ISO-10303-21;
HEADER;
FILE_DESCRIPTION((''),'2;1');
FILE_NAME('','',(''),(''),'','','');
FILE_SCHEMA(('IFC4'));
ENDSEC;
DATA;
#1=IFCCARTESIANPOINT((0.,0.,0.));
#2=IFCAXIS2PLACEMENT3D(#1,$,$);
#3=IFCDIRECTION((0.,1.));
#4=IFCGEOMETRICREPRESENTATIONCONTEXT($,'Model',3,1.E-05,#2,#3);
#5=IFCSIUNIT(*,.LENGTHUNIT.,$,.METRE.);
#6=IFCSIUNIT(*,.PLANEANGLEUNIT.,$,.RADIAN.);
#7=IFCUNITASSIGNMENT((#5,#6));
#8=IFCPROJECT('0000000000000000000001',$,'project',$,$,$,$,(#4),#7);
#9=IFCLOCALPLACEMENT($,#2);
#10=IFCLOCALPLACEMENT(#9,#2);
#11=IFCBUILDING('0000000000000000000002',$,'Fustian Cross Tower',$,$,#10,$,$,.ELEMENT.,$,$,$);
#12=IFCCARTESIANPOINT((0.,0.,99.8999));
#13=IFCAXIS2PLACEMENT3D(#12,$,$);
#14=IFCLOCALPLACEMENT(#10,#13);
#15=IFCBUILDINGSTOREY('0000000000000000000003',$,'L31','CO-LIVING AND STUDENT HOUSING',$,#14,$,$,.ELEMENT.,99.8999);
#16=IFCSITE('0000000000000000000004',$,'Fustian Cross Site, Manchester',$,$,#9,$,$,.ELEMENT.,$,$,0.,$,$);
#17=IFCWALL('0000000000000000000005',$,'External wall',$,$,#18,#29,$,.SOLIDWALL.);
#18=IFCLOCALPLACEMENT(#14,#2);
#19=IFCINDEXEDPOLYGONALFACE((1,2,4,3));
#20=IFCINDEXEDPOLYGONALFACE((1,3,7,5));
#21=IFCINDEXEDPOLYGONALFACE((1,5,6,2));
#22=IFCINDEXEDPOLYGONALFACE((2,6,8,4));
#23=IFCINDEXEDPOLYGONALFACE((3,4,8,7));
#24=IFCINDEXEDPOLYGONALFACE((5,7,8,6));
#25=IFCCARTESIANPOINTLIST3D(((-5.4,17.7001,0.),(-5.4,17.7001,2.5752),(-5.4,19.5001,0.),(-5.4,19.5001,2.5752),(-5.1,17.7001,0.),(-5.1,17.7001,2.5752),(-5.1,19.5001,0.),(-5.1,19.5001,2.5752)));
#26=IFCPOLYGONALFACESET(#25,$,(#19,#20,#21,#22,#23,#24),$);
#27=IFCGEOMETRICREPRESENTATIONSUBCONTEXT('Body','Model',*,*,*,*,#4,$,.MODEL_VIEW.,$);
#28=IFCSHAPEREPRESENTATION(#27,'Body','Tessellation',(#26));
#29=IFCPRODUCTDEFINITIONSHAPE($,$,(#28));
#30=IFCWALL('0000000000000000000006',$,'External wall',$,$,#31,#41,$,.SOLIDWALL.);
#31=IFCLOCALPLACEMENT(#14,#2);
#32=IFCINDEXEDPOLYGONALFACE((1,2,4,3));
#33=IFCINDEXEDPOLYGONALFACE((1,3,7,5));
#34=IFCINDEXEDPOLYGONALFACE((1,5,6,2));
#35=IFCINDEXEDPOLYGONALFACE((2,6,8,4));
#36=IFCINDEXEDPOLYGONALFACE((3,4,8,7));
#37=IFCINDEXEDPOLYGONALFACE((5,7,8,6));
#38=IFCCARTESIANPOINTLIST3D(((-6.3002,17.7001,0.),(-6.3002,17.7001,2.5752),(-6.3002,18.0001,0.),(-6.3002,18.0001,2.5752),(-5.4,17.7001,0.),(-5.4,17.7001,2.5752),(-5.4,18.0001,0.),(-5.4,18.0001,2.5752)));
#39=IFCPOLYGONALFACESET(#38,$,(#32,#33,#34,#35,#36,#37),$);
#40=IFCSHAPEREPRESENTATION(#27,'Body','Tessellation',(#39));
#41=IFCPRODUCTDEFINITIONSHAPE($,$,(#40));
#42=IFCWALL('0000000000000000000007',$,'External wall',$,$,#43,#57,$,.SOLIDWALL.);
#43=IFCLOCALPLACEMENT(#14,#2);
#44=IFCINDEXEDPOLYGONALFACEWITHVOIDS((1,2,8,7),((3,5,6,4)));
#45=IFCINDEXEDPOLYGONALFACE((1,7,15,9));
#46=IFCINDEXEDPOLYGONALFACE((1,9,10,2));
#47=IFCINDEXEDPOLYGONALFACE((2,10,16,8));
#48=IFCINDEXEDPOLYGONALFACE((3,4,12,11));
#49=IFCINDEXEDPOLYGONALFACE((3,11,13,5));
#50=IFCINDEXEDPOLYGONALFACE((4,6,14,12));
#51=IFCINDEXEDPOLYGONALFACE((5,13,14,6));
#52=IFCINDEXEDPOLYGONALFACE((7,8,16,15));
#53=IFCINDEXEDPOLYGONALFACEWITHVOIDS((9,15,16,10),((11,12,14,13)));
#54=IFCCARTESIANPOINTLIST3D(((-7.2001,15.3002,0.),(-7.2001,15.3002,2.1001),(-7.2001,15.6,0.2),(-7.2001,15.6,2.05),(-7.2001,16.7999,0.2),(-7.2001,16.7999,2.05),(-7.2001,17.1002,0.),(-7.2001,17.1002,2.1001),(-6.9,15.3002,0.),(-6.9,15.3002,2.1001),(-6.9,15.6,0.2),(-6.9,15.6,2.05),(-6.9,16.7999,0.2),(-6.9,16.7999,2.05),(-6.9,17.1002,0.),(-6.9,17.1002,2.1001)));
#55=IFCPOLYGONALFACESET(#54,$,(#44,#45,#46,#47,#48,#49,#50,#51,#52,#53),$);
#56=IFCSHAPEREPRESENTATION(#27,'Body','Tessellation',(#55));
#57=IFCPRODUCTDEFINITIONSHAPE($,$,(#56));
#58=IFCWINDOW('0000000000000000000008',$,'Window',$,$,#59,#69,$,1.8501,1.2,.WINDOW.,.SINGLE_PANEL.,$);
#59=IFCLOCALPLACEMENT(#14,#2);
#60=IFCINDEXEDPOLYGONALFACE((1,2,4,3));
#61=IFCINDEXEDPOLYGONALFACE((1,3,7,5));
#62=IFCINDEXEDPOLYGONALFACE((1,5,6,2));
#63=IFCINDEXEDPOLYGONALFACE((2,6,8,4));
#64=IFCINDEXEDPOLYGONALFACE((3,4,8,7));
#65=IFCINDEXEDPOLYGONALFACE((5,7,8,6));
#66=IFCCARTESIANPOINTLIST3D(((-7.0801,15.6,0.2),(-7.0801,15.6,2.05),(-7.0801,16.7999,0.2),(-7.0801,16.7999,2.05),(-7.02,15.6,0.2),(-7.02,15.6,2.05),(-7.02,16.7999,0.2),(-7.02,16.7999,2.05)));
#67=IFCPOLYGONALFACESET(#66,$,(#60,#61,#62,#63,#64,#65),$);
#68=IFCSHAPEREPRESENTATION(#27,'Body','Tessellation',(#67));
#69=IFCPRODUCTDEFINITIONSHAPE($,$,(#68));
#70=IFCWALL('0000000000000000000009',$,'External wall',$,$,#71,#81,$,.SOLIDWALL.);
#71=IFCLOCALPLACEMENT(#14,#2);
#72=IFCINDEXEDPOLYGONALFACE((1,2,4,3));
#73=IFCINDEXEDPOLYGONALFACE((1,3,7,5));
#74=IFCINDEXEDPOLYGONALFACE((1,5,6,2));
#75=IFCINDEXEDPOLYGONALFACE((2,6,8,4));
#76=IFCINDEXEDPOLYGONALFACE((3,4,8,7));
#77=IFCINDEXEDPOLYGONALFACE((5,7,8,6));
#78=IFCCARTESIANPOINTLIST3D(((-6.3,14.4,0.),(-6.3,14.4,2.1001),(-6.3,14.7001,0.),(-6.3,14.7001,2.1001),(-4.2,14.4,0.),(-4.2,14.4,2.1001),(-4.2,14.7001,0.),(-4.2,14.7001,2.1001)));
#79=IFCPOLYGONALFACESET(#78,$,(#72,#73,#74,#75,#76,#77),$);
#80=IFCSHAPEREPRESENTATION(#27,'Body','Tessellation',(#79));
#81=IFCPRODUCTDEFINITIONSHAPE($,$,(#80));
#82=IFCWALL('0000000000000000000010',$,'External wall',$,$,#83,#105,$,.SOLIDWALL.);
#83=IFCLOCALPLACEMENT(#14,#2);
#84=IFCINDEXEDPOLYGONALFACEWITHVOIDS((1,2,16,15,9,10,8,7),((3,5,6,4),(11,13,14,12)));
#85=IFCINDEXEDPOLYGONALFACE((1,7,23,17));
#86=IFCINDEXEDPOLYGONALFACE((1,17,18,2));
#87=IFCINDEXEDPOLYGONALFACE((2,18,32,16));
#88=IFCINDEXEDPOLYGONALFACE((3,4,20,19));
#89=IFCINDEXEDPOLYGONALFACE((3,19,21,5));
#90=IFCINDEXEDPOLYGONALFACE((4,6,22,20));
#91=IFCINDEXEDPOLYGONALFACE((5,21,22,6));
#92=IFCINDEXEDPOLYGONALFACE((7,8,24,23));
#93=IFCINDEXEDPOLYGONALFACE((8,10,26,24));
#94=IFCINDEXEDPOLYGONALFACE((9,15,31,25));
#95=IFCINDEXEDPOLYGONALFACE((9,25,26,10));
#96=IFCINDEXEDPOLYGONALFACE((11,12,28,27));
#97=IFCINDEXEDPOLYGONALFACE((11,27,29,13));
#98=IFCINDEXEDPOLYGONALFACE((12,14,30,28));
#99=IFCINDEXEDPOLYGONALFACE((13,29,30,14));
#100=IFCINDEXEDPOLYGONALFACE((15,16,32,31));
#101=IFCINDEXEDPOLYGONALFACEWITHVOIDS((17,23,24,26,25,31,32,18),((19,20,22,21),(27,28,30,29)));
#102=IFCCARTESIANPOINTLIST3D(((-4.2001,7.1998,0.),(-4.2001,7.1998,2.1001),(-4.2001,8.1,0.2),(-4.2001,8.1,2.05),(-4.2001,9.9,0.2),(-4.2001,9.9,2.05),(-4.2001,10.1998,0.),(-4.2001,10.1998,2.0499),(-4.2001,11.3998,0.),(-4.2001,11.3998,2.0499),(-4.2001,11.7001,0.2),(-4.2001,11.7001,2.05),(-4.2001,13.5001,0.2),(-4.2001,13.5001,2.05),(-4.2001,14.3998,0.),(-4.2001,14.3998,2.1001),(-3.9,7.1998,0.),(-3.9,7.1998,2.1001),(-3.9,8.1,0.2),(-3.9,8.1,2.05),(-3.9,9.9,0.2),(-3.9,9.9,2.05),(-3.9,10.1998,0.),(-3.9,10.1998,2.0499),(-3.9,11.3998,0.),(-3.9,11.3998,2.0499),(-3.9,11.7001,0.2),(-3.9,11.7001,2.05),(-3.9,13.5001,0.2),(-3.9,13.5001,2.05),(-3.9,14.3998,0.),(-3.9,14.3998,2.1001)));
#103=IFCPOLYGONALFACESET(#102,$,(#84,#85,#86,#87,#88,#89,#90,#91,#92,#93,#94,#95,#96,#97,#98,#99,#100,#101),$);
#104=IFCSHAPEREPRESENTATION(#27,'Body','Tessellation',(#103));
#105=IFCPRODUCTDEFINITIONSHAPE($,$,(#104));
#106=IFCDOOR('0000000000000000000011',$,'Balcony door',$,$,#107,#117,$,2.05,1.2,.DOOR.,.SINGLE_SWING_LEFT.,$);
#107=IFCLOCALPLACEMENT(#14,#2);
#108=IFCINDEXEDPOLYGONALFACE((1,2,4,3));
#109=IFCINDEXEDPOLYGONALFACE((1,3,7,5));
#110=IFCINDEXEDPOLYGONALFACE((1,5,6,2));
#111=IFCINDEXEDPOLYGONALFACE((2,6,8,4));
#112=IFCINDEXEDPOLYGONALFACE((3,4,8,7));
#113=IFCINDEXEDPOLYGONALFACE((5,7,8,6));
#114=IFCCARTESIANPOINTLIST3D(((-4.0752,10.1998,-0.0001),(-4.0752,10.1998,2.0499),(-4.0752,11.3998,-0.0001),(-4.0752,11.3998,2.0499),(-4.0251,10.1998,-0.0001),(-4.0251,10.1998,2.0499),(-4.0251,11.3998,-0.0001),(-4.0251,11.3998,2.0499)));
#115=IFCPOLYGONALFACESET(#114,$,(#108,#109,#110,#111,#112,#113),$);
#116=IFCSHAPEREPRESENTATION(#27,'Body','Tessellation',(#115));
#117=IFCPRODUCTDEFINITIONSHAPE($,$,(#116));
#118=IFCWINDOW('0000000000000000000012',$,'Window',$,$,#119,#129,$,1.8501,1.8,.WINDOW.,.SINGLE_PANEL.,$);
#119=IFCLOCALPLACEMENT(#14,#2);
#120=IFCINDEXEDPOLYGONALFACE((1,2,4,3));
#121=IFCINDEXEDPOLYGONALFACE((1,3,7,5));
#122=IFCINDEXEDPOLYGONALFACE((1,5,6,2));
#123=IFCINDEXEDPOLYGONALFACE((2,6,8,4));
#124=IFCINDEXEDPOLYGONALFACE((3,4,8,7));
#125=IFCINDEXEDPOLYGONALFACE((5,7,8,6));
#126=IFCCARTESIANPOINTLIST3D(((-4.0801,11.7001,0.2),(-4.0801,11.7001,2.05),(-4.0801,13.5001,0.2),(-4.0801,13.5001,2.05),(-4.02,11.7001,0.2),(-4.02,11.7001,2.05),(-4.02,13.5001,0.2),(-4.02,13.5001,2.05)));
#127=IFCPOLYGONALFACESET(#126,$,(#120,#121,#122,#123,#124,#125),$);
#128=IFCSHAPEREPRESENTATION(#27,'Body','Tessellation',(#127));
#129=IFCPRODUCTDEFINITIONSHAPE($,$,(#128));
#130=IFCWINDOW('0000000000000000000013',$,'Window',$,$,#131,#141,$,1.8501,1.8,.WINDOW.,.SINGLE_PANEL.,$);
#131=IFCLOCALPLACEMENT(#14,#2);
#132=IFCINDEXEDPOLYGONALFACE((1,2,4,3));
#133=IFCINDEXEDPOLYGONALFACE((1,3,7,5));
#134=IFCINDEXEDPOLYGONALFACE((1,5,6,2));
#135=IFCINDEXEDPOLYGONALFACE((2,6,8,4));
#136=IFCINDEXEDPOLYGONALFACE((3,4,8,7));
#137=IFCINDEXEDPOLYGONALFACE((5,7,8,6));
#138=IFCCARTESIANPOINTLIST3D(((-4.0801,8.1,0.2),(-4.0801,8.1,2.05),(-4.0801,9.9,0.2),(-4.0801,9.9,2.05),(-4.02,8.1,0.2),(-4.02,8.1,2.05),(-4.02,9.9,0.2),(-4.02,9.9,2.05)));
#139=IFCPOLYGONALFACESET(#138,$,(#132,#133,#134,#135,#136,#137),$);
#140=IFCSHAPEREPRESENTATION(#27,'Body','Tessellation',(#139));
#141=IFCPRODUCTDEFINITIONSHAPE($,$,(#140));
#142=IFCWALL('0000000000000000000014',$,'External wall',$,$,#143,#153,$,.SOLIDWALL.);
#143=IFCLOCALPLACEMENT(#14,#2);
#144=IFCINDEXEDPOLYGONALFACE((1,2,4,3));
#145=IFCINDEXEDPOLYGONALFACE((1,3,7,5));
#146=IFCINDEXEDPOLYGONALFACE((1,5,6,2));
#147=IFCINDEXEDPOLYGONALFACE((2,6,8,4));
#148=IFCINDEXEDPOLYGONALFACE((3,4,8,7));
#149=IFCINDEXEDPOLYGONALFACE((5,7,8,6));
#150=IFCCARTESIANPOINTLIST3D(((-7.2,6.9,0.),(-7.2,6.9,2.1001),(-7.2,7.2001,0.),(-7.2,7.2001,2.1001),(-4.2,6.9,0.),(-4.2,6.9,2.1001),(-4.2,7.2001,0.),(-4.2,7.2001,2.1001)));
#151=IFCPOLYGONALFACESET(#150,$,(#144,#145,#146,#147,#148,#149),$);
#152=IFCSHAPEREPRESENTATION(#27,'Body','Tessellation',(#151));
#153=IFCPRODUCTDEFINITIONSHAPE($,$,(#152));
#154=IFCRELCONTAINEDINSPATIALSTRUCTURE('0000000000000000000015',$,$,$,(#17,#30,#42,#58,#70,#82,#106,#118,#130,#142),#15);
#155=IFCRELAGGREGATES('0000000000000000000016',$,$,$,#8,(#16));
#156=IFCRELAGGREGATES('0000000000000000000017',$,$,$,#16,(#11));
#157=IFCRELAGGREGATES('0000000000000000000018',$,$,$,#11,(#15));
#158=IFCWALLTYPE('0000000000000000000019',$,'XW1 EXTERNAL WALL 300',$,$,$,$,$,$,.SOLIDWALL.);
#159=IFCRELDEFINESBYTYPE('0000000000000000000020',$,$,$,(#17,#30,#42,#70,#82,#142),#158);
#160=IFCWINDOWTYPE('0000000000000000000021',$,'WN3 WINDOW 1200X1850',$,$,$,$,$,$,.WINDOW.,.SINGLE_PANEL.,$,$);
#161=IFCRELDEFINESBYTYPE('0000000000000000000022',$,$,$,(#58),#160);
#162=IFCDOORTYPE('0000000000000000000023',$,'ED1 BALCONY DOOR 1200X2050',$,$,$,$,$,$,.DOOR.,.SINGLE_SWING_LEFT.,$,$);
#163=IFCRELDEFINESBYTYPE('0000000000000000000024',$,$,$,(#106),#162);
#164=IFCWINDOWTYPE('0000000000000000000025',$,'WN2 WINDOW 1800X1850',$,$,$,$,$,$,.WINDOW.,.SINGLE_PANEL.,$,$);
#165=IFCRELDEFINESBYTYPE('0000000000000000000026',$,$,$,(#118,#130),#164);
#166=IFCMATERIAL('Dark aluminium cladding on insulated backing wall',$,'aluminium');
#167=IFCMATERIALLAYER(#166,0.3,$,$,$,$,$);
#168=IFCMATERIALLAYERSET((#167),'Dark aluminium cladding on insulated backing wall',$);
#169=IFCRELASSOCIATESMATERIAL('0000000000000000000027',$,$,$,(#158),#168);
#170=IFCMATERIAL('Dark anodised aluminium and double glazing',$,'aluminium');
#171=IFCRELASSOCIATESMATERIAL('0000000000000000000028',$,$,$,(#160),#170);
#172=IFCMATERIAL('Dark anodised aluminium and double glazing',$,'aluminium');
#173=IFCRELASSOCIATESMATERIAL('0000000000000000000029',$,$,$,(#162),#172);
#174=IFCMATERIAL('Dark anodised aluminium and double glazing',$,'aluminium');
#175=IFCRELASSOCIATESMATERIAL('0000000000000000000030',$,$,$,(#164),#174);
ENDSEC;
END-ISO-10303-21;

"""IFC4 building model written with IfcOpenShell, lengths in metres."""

from ifc_helpers import new_model, si_unit, direction, frame, frame_2d, origin, place, context, subcontext, project, spatial, rectangle, extrude, material, layer, layer_set, type_object, element, fill, save


model = new_model("IFC4")

# Units and contexts
model_context = context("Model", 3, precision=1e-05, world=origin(), true_north=direction((0.0, 1.0)))
body_context = subcontext(model_context, "Body", "Model", "MODEL_VIEW")
ifc_project = project(units=[si_unit("LENGTHUNIT", "METRE"), si_unit("PLANEANGLEUNIT", "RADIAN")], contexts=[model_context])

# Site, building, storey
site_placement = place(None, origin())
site = spatial("IfcSite", under=ifc_project, at=site_placement, Name="Fustian Cross Site, Manchester", CompositionType="ELEMENT", RefElevation=0.0)
building_placement = place(site_placement, origin())
building = spatial("IfcBuilding", under=site, at=building_placement, Name="Fustian Cross Tower", CompositionType="ELEMENT")
storey_placement = place(building_placement, frame((0.0, 0.0, 99.8999)))
storey = spatial("IfcBuildingStorey", under=building, at=storey_placement, Name="L31", Description="CO-LIVING AND STUDENT HOUSING", CompositionType="ELEMENT", Elevation=99.8999)

# Shared definitions
ifc_material_1 = material(Name="Dark aluminium cladding on insulated backing wall", Category="aluminium")
ifc_layer_1 = layer(ifc_material_1, 0.3)
ifc_layer_set_1 = layer_set([ifc_layer_1], Name="Dark aluminium cladding on insulated backing wall")
wall_type_1 = type_object("IfcWallType", Name="XW1 EXTERNAL WALL 300", PredefinedType="SOLIDWALL", material=ifc_layer_set_1)

# Shared definitions
ifc_material_2 = material(Name="Dark anodised aluminium and double glazing", Category="aluminium")
window_type_1 = type_object("IfcWindowType", Name="WN3 WINDOW 1200X1850", PartitioningType="SINGLE_PANEL", PredefinedType="WINDOW", material=ifc_material_2)

# Walls
wall_1_placement = place(storey_placement, frame((-5.25, 19.5, 0.0), z_axis=(0.0, 0.0, 1.0), x_axis=(0.0, -1.0, 0.0)))
element("IfcWall", 1, at=wall_1_placement, inside=storey, type_object=wall_type_1, Name="External wall", PredefinedType="SOLIDWALL", context=body_context, shape_type="SweptSolid", body=[
    extrude(rectangle(XDim=1.8, YDim=0.3, at=frame_2d((0.8999, 0.0))), origin(), (0.0, 0.0, 1.0), 2.5752),
])
wall_2_placement = place(storey_placement, frame((-5.3999, 17.8501, 0.0), z_axis=(0.0, 0.0, 1.0), x_axis=(-1.0, 0.0, 0.0)))
element("IfcWall", 2, at=wall_2_placement, inside=storey, type_object=wall_type_1, Name="External wall", PredefinedType="SOLIDWALL", context=body_context, shape_type="SweptSolid", body=[
    extrude(rectangle(XDim=0.9001, YDim=0.3, at=frame_2d((0.4502, 0.0))), origin(), (0.0, 0.0, 1.0), 2.5752),
])

# Wall, opening, window
wall_3_placement = place(storey_placement, frame((-7.05, 17.1001, 0.0), z_axis=(0.0, 0.0, 1.0), x_axis=(0.0, -1.0, 0.0)))
wall_3 = element("IfcWall", 3, at=wall_3_placement, inside=storey, type_object=wall_type_1, Name="External wall", PredefinedType="SOLIDWALL", context=body_context, shape_type="SweptSolid", body=[
    extrude(rectangle(XDim=1.8, YDim=0.3, at=frame_2d((0.8999, 0.0))), origin(), (0.0, 0.0, 1.0), 2.1001),
])
opening_1_placement = place(wall_3_placement, frame((0.3, 0.0, 0.2)))
opening_1 = element("IfcOpeningElement", 4, at=opening_1_placement, cuts=wall_3, PredefinedType="OPENING", context=body_context, shape_type="SweptSolid", body=[
    extrude(rectangle(XDim=1.2, YDim=1.8501, at=frame_2d((0.6001, 0.925))), frame((0.0, 0.1599, 0.0), z_axis=(0.0, -1.0, 0.0), x_axis=(1.0, 0.0, 0.0)), (0.0, 0.0, 1.0), 0.3201),
])
window_1_placement = place(opening_1_placement, origin())
window_1 = element("IfcWindow", 5, at=window_1_placement, inside=storey, type_object=window_type_1, Name="Window", OverallHeight=1.8501, OverallWidth=1.2, PartitioningType="SINGLE_PANEL", PredefinedType="WINDOW", context=body_context, shape_type="SweptSolid", body=[
    extrude(rectangle(XDim=1.2, YDim=1.8501, at=frame_2d((0.6001, 0.925))), frame((0.0, 0.03, 0.0), z_axis=(0.0, -1.0, 0.0), x_axis=(1.0, 0.0, 0.0)), (0.0, 0.0, 1.0), 0.0601),
])
fill(opening_1, window_1)

# Wall
wall_4_placement = place(storey_placement, frame((-6.3, 14.55, 0.0), z_axis=(0.0, 0.0, 1.0), x_axis=(1.0, 0.0, 0.0)))
element("IfcWall", 6, at=wall_4_placement, inside=storey, type_object=wall_type_1, Name="External wall", PredefinedType="SOLIDWALL", context=body_context, shape_type="SweptSolid", body=[
    extrude(rectangle(XDim=2.1001, YDim=0.3, at=frame_2d((1.05, 0.0))), origin(), (0.0, 0.0, 1.0), 2.1001),
])

# Wall, openings, door, windows
wall_5_placement = place(storey_placement, frame((-4.05, 14.3999, 0.0), z_axis=(0.0, 0.0, 1.0), x_axis=(0.0, -1.0, 0.0)))
wall_5 = element("IfcWall", 7, at=wall_5_placement, inside=storey, type_object=wall_type_1, Name="External wall", PredefinedType="SOLIDWALL", context=body_context, shape_type="SweptSolid", body=[
    extrude(rectangle(XDim=7.2, YDim=0.3, at=frame_2d((3.6001, 0.0))), origin(), (0.0, 0.0, 1.0), 2.1001),
])
opening_2_placement = place(wall_5_placement, frame((3.0, 0.0, 0.0)))
opening_2 = element("IfcOpeningElement", 8, at=opening_2_placement, cuts=wall_5, PredefinedType="OPENING", context=body_context, shape_type="SweptSolid", body=[
    extrude(rectangle(XDim=1.2, YDim=2.05, at=frame_2d((0.6001, 1.0249))), frame((0.0, 0.1599, 0.0), z_axis=(0.0, -1.0, 0.0), x_axis=(1.0, 0.0, 0.0)), (0.0, 0.0, 1.0), 0.3201),
])
opening_3_placement = place(wall_5_placement, frame((0.8999, 0.0, 0.2)))
opening_3 = element("IfcOpeningElement", 9, at=opening_3_placement, cuts=wall_5, PredefinedType="OPENING", context=body_context, shape_type="SweptSolid", body=[
    extrude(rectangle(XDim=1.8, YDim=1.8501, at=frame_2d((0.8999, 0.925))), frame((0.0, 0.1599, 0.0), z_axis=(0.0, -1.0, 0.0), x_axis=(1.0, 0.0, 0.0)), (0.0, 0.0, 1.0), 0.3201),
])
opening_4_placement = place(wall_5_placement, frame((4.5, 0.0, 0.2)))
opening_4 = element("IfcOpeningElement", 10, at=opening_4_placement, cuts=wall_5, PredefinedType="OPENING", context=body_context, shape_type="SweptSolid", body=[
    extrude(rectangle(XDim=1.8, YDim=1.8501, at=frame_2d((0.8999, 0.925))), frame((0.0, 0.1599, 0.0), z_axis=(0.0, -1.0, 0.0), x_axis=(1.0, 0.0, 0.0)), (0.0, 0.0, 1.0), 0.3201),
])
ifc_material_3 = material(Name="Dark anodised aluminium and double glazing", Category="aluminium")
door_type = type_object("IfcDoorType", Name="ED1 BALCONY DOOR 1200X2050", OperationType="SINGLE_SWING_LEFT", PredefinedType="DOOR", material=ifc_material_3)
door_placement = place(opening_2_placement, origin())
door = element("IfcDoor", 11, at=door_placement, inside=storey, type_object=door_type, Name="Balcony door", OperationType="SINGLE_SWING_LEFT", OverallHeight=2.05, OverallWidth=1.2, PredefinedType="DOOR", context=body_context, shape_type="SweptSolid", body=[
    extrude(rectangle(XDim=1.2, YDim=2.05, at=frame_2d((0.6001, 1.0249))), frame((0.0, 0.0249, 0.0), z_axis=(0.0, -1.0, 0.0), x_axis=(1.0, 0.0, 0.0)), (0.0, 0.0, 1.0), 0.05),
])
fill(opening_2, door)
ifc_material_4 = material(Name="Dark anodised aluminium and double glazing", Category="aluminium")
window_type_2 = type_object("IfcWindowType", Name="WN2 WINDOW 1800X1850", PartitioningType="SINGLE_PANEL", PredefinedType="WINDOW", material=ifc_material_4)
window_2_placement = place(opening_3_placement, origin())
window_2 = element("IfcWindow", 12, at=window_2_placement, inside=storey, type_object=window_type_2, Name="Window", OverallHeight=1.8501, OverallWidth=1.8, PartitioningType="SINGLE_PANEL", PredefinedType="WINDOW", context=body_context, shape_type="SweptSolid", body=[
    extrude(rectangle(XDim=1.8, YDim=1.8501, at=frame_2d((0.8999, 0.925))), frame((0.0, 0.03, 0.0), z_axis=(0.0, -1.0, 0.0), x_axis=(1.0, 0.0, 0.0)), (0.0, 0.0, 1.0), 0.0601),
])
fill(opening_3, window_2)
window_3_placement = place(opening_4_placement, origin())
window_3 = element("IfcWindow", 13, at=window_3_placement, inside=storey, type_object=window_type_2, Name="Window", OverallHeight=1.8501, OverallWidth=1.8, PartitioningType="SINGLE_PANEL", PredefinedType="WINDOW", context=body_context, shape_type="SweptSolid", body=[
    extrude(rectangle(XDim=1.8, YDim=1.8501, at=frame_2d((0.8999, 0.925))), frame((0.0, 0.03, 0.0), z_axis=(0.0, -1.0, 0.0), x_axis=(1.0, 0.0, 0.0)), (0.0, 0.0, 1.0), 0.0601),
])
fill(opening_4, window_3)

# Wall
wall_6_placement = place(storey_placement, frame((-4.2, 7.05, 0.0), z_axis=(0.0, 0.0, 1.0), x_axis=(-1.0, 0.0, 0.0)))
element("IfcWall", 14, at=wall_6_placement, inside=storey, type_object=wall_type_1, Name="External wall", PredefinedType="SOLIDWALL", context=body_context, shape_type="SweptSolid", body=[
    extrude(rectangle(XDim=3.0, YDim=0.3, at=frame_2d((1.5, 0.0))), origin(), (0.0, 0.0, 1.0), 2.1001),
])

save(model, "model.ifc")
